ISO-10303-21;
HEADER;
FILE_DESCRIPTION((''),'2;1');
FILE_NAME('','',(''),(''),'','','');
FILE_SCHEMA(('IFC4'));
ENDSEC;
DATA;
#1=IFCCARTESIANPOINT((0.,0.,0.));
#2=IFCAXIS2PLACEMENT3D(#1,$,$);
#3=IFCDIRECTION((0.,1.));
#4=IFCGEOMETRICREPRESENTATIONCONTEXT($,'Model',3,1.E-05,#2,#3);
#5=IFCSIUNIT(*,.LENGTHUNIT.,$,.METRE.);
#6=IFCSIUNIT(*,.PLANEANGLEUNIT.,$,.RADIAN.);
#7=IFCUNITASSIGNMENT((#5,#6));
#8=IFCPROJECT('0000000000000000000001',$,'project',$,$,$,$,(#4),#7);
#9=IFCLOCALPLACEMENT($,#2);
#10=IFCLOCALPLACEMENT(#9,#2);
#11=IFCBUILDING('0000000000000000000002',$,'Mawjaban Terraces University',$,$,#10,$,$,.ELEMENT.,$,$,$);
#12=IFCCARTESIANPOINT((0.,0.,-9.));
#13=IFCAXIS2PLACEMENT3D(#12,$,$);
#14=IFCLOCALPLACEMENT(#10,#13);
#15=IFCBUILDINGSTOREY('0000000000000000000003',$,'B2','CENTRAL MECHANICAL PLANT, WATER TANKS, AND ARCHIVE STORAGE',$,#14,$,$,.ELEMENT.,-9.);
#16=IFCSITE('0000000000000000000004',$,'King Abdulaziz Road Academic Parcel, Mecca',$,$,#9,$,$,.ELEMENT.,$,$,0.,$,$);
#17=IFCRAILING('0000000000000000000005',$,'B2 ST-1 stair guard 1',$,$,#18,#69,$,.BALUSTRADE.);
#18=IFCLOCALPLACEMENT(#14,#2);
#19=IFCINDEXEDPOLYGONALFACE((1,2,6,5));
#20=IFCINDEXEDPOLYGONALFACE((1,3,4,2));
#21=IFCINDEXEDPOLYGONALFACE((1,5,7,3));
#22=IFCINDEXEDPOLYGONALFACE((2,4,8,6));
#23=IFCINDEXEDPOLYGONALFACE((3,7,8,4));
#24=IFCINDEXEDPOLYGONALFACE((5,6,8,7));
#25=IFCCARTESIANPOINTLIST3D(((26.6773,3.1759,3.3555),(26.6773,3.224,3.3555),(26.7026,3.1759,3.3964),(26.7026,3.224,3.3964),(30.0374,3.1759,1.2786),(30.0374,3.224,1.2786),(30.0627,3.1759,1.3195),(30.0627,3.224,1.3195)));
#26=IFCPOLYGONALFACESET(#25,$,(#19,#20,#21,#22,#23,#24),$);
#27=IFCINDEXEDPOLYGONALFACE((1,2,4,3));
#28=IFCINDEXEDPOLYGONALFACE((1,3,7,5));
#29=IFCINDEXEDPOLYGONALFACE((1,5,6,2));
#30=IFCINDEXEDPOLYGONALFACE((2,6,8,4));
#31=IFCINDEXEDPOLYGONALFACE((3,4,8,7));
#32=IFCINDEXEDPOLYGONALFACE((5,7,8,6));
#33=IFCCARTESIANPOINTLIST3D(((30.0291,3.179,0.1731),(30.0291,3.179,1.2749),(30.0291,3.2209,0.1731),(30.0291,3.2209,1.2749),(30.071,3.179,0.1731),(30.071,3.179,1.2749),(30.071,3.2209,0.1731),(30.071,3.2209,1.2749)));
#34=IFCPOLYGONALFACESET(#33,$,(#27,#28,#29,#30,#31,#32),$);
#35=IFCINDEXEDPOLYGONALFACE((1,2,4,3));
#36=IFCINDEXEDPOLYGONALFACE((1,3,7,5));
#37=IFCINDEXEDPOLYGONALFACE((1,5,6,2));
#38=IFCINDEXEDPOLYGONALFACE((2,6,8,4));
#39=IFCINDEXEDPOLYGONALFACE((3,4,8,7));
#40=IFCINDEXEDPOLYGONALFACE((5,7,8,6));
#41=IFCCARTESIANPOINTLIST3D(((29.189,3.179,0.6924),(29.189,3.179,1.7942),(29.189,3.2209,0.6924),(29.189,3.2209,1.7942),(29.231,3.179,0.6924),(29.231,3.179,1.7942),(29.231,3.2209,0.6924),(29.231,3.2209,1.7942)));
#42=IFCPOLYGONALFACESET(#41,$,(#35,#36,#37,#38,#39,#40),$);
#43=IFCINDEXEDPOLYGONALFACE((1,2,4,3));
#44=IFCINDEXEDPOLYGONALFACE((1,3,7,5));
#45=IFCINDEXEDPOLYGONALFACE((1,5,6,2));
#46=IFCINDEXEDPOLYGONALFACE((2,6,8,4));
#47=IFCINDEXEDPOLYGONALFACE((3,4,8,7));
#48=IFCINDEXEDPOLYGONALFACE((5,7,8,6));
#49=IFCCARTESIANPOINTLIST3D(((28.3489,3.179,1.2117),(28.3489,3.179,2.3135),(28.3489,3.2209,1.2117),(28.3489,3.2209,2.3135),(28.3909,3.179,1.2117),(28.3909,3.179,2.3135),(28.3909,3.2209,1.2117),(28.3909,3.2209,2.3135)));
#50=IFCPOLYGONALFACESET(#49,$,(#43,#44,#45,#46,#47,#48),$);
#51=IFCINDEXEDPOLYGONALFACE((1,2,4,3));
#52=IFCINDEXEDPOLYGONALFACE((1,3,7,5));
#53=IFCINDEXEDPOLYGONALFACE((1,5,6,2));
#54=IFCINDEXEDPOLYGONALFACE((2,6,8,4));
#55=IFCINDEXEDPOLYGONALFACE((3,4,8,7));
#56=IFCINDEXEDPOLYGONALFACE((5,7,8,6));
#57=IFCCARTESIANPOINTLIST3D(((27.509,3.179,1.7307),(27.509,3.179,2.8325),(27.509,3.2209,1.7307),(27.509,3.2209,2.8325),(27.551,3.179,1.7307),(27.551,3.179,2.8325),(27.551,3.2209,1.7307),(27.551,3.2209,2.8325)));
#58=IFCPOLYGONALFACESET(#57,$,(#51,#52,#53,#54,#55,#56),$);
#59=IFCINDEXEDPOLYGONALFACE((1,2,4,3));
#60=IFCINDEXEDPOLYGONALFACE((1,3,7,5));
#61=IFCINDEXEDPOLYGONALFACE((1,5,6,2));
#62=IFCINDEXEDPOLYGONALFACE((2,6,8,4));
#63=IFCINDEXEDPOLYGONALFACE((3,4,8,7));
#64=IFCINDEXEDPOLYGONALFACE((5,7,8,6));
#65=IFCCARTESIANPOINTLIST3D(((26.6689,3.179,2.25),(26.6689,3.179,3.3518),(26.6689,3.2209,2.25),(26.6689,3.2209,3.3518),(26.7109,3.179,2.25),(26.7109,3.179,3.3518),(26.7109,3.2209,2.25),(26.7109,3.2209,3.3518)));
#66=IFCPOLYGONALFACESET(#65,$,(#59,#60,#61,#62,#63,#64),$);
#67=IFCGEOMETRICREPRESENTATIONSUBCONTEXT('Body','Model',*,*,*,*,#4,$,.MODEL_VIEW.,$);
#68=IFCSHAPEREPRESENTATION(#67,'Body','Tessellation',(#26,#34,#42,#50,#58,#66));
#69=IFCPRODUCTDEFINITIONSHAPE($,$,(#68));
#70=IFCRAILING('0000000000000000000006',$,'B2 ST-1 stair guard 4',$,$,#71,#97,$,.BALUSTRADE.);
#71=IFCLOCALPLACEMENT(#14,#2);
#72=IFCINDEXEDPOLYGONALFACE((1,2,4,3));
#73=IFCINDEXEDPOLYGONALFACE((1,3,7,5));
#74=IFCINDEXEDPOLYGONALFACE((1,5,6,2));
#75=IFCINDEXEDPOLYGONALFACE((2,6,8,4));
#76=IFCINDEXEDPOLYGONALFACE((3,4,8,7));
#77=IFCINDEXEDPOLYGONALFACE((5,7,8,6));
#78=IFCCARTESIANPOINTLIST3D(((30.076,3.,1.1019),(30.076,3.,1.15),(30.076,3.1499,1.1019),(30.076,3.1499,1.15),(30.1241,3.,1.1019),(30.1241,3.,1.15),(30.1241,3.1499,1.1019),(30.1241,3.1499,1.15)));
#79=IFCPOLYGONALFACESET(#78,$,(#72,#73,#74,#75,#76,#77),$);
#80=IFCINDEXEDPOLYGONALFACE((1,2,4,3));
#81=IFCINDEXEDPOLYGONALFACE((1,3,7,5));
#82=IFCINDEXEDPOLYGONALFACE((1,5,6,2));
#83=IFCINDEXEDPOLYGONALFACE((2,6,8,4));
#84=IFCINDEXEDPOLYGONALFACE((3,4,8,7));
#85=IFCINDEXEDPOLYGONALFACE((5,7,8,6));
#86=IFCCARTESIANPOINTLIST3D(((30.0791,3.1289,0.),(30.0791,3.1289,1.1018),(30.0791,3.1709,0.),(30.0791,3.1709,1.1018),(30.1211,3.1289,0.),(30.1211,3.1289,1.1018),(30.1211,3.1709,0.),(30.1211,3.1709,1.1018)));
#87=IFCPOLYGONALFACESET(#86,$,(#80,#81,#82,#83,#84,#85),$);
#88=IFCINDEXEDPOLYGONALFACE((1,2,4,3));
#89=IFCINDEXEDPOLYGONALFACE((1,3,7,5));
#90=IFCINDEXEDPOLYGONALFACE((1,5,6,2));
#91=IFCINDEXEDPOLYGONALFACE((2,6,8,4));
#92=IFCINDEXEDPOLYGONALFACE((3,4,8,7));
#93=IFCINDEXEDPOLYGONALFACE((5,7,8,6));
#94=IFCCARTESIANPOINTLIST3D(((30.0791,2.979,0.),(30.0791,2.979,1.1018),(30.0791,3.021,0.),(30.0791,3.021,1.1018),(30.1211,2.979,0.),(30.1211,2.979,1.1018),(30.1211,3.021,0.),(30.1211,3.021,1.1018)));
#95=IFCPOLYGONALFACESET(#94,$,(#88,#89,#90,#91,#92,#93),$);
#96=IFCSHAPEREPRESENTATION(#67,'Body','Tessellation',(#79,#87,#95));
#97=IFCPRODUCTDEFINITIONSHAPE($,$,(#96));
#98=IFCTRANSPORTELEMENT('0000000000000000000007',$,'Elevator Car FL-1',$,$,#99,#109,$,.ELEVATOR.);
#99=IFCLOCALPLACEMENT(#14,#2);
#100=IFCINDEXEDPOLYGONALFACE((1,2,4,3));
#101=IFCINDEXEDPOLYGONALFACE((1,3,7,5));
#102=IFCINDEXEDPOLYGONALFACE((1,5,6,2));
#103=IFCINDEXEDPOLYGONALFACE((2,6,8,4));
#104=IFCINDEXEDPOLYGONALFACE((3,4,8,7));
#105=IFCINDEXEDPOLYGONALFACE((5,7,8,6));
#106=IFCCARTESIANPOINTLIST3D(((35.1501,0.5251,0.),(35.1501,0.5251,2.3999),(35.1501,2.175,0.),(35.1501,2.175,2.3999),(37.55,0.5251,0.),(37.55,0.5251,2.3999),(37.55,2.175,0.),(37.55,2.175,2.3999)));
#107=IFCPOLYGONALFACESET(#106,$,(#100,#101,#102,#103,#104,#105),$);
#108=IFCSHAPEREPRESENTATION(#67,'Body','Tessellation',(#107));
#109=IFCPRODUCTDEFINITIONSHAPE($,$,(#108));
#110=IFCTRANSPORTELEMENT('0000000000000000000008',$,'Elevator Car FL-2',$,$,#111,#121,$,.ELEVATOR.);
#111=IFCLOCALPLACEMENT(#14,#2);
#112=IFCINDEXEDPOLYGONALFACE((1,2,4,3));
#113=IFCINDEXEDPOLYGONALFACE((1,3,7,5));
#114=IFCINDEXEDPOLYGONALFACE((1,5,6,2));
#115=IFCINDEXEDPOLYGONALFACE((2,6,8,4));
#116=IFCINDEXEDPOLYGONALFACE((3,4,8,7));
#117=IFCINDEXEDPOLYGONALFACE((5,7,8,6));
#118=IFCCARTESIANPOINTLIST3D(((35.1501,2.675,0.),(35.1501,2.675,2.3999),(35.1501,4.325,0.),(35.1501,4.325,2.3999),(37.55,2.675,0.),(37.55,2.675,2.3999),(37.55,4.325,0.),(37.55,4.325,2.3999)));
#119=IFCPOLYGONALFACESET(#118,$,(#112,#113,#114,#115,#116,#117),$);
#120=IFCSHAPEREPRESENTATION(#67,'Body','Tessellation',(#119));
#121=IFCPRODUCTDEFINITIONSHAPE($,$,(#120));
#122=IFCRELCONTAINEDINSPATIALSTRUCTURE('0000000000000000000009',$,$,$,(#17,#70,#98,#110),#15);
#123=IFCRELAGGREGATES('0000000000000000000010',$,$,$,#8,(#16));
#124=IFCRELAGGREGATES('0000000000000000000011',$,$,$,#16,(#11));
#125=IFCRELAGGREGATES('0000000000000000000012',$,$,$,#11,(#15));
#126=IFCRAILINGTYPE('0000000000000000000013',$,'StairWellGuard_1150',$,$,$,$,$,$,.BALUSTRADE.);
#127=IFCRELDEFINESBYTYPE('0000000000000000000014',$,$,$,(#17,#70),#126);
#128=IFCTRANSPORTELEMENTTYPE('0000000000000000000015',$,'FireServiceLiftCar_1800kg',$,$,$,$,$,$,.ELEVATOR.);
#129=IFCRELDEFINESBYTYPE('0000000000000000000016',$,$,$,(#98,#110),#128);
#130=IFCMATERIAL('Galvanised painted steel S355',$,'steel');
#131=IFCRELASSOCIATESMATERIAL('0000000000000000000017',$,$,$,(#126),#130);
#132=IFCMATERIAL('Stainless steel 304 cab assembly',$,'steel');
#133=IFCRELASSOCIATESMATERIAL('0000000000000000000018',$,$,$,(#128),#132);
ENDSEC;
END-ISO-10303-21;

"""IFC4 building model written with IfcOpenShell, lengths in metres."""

from ifc_helpers import new_model, si_unit, direction, frame, origin, origin_2d, place, context, subcontext, project, spatial, rectangle, extrude, material, type_object, element, save


model = new_model("IFC4")

# Units and contexts
model_context = context("Model", 3, precision=1e-05, world=origin(), true_north=direction((0.0, 1.0)))
body_context = subcontext(model_context, "Body", "Model", "MODEL_VIEW")
ifc_project = project(units=[si_unit("LENGTHUNIT", "METRE"), si_unit("PLANEANGLEUNIT", "RADIAN")], contexts=[model_context])

# Site, building, storey
site_placement = place(None, origin())
site = spatial("IfcSite", under=ifc_project, at=site_placement, Name="King Abdulaziz Road Academic Parcel, Mecca", CompositionType="ELEMENT", RefElevation=0.0)
building_placement = place(site_placement, origin())
building = spatial("IfcBuilding", under=site, at=building_placement, Name="Mawjaban Terraces University", CompositionType="ELEMENT")
storey_placement = place(building_placement, frame((0.0, 0.0, -9.0)))
storey = spatial("IfcBuildingStorey", under=building, at=storey_placement, Name="B2", Description="CENTRAL MECHANICAL PLANT, WATER TANKS, AND ARCHIVE STORAGE", CompositionType="ELEMENT", Elevation=-9.0)

# Railings
ifc_material_1 = material(Name="Galvanised painted steel S355", Category="steel")
railing_type_1 = type_object("IfcRailingType", Name="StairWellGuard_1150", PredefinedType="BALUSTRADE", material=ifc_material_1)
railing_1_placement = place(storey_placement, frame((30.05, 3.2, 0.1731)))
element("IfcRailing", 1, at=railing_1_placement, inside=storey, type_object=railing_type_1, Name="B2 ST-1 stair guard 1", PredefinedType="BALUSTRADE", context=body_context, shape_type="SweptSolid", body=[
    extrude(rectangle(XDim=0.0481, YDim=0.0481, at=origin_2d()), frame((0.0, 0.0, 1.126), z_axis=(-0.850623, 0.0, 0.525776), x_axis=(0.0, -1.0, 0.0)), (0.0, 0.0, 1.0), 3.9502),
    extrude(rectangle(XDim=0.042, YDim=0.042, at=origin_2d()), origin(), (0.0, 0.0, 1.0), 1.1018),
    extrude(rectangle(XDim=0.042, YDim=0.042, at=origin_2d()), frame((-0.8401, 0.0, 0.5193)), (0.0, 0.0, 1.0), 1.1018),
    extrude(rectangle(XDim=0.042, YDim=0.042, at=origin_2d()), frame((-1.6802, 0.0, 1.0386)), (0.0, 0.0, 1.0), 1.1018),
    extrude(rectangle(XDim=0.042, YDim=0.042, at=origin_2d()), frame((-2.52, 0.0, 1.5576)), (0.0, 0.0, 1.0), 1.1018),
    extrude(rectangle(XDim=0.042, YDim=0.042, at=origin_2d()), frame((-3.3601, 0.0, 2.0769)), (0.0, 0.0, 1.0), 1.1018),
])
railing_2_placement = place(storey_placement, frame((30.1001, 3.1499, 0.0)))
element("IfcRailing", 2, at=railing_2_placement, inside=storey, type_object=railing_type_1, Name="B2 ST-1 stair guard 4", PredefinedType="BALUSTRADE", context=body_context, shape_type="SweptSolid", body=[
    extrude(rectangle(XDim=0.0481, YDim=0.0481, at=origin_2d()), frame((0.0, 0.0, 1.126), z_axis=(0.0, -1.0, 0.0), x_axis=(1.0, 0.0, 0.0)), (0.0, 0.0, 1.0), 0.1499),
    extrude(rectangle(XDim=0.042, YDim=0.042, at=origin_2d()), origin(), (0.0, 0.0, 1.0), 1.1018),
    extrude(rectangle(XDim=0.042, YDim=0.042, at=origin_2d()), frame((0.0, -0.1499, 0.0)), (0.0, 0.0, 1.0), 1.1018),
])

# Transport elements
ifc_material_2 = material(Name="Stainless steel 304 cab assembly", Category="steel")
transport_element_type = type_object("IfcTransportElementType", Name="FireServiceLiftCar_1800kg", PredefinedType="ELEVATOR", material=ifc_material_2)
for number, where, z_axis, x_axis, name in (
    (3, (36.3501, 1.3501, 0.0), (0.0, 0.0, 1.0), (1.0, 0.0, 0.0), "Elevator Car FL-1"),
    (4, (36.3501, 3.5, 0.0), (0.0, 0.0, 1.0), (1.0, 0.0, 0.0), "Elevator Car FL-2"),
):
    element("IfcTransportElement", number, at=place(storey_placement, frame(where, z_axis=z_axis, x_axis=x_axis)), inside=storey, type_object=transport_element_type, Name=name, PredefinedType="ELEVATOR", context=body_context, shape_type="SweptSolid", body=[
        extrude(rectangle(XDim=2.3999, YDim=1.6499, at=origin_2d()), origin(), (0.0, 0.0, 1.0), 2.3999),
    ])

save(model, "model.ifc")
